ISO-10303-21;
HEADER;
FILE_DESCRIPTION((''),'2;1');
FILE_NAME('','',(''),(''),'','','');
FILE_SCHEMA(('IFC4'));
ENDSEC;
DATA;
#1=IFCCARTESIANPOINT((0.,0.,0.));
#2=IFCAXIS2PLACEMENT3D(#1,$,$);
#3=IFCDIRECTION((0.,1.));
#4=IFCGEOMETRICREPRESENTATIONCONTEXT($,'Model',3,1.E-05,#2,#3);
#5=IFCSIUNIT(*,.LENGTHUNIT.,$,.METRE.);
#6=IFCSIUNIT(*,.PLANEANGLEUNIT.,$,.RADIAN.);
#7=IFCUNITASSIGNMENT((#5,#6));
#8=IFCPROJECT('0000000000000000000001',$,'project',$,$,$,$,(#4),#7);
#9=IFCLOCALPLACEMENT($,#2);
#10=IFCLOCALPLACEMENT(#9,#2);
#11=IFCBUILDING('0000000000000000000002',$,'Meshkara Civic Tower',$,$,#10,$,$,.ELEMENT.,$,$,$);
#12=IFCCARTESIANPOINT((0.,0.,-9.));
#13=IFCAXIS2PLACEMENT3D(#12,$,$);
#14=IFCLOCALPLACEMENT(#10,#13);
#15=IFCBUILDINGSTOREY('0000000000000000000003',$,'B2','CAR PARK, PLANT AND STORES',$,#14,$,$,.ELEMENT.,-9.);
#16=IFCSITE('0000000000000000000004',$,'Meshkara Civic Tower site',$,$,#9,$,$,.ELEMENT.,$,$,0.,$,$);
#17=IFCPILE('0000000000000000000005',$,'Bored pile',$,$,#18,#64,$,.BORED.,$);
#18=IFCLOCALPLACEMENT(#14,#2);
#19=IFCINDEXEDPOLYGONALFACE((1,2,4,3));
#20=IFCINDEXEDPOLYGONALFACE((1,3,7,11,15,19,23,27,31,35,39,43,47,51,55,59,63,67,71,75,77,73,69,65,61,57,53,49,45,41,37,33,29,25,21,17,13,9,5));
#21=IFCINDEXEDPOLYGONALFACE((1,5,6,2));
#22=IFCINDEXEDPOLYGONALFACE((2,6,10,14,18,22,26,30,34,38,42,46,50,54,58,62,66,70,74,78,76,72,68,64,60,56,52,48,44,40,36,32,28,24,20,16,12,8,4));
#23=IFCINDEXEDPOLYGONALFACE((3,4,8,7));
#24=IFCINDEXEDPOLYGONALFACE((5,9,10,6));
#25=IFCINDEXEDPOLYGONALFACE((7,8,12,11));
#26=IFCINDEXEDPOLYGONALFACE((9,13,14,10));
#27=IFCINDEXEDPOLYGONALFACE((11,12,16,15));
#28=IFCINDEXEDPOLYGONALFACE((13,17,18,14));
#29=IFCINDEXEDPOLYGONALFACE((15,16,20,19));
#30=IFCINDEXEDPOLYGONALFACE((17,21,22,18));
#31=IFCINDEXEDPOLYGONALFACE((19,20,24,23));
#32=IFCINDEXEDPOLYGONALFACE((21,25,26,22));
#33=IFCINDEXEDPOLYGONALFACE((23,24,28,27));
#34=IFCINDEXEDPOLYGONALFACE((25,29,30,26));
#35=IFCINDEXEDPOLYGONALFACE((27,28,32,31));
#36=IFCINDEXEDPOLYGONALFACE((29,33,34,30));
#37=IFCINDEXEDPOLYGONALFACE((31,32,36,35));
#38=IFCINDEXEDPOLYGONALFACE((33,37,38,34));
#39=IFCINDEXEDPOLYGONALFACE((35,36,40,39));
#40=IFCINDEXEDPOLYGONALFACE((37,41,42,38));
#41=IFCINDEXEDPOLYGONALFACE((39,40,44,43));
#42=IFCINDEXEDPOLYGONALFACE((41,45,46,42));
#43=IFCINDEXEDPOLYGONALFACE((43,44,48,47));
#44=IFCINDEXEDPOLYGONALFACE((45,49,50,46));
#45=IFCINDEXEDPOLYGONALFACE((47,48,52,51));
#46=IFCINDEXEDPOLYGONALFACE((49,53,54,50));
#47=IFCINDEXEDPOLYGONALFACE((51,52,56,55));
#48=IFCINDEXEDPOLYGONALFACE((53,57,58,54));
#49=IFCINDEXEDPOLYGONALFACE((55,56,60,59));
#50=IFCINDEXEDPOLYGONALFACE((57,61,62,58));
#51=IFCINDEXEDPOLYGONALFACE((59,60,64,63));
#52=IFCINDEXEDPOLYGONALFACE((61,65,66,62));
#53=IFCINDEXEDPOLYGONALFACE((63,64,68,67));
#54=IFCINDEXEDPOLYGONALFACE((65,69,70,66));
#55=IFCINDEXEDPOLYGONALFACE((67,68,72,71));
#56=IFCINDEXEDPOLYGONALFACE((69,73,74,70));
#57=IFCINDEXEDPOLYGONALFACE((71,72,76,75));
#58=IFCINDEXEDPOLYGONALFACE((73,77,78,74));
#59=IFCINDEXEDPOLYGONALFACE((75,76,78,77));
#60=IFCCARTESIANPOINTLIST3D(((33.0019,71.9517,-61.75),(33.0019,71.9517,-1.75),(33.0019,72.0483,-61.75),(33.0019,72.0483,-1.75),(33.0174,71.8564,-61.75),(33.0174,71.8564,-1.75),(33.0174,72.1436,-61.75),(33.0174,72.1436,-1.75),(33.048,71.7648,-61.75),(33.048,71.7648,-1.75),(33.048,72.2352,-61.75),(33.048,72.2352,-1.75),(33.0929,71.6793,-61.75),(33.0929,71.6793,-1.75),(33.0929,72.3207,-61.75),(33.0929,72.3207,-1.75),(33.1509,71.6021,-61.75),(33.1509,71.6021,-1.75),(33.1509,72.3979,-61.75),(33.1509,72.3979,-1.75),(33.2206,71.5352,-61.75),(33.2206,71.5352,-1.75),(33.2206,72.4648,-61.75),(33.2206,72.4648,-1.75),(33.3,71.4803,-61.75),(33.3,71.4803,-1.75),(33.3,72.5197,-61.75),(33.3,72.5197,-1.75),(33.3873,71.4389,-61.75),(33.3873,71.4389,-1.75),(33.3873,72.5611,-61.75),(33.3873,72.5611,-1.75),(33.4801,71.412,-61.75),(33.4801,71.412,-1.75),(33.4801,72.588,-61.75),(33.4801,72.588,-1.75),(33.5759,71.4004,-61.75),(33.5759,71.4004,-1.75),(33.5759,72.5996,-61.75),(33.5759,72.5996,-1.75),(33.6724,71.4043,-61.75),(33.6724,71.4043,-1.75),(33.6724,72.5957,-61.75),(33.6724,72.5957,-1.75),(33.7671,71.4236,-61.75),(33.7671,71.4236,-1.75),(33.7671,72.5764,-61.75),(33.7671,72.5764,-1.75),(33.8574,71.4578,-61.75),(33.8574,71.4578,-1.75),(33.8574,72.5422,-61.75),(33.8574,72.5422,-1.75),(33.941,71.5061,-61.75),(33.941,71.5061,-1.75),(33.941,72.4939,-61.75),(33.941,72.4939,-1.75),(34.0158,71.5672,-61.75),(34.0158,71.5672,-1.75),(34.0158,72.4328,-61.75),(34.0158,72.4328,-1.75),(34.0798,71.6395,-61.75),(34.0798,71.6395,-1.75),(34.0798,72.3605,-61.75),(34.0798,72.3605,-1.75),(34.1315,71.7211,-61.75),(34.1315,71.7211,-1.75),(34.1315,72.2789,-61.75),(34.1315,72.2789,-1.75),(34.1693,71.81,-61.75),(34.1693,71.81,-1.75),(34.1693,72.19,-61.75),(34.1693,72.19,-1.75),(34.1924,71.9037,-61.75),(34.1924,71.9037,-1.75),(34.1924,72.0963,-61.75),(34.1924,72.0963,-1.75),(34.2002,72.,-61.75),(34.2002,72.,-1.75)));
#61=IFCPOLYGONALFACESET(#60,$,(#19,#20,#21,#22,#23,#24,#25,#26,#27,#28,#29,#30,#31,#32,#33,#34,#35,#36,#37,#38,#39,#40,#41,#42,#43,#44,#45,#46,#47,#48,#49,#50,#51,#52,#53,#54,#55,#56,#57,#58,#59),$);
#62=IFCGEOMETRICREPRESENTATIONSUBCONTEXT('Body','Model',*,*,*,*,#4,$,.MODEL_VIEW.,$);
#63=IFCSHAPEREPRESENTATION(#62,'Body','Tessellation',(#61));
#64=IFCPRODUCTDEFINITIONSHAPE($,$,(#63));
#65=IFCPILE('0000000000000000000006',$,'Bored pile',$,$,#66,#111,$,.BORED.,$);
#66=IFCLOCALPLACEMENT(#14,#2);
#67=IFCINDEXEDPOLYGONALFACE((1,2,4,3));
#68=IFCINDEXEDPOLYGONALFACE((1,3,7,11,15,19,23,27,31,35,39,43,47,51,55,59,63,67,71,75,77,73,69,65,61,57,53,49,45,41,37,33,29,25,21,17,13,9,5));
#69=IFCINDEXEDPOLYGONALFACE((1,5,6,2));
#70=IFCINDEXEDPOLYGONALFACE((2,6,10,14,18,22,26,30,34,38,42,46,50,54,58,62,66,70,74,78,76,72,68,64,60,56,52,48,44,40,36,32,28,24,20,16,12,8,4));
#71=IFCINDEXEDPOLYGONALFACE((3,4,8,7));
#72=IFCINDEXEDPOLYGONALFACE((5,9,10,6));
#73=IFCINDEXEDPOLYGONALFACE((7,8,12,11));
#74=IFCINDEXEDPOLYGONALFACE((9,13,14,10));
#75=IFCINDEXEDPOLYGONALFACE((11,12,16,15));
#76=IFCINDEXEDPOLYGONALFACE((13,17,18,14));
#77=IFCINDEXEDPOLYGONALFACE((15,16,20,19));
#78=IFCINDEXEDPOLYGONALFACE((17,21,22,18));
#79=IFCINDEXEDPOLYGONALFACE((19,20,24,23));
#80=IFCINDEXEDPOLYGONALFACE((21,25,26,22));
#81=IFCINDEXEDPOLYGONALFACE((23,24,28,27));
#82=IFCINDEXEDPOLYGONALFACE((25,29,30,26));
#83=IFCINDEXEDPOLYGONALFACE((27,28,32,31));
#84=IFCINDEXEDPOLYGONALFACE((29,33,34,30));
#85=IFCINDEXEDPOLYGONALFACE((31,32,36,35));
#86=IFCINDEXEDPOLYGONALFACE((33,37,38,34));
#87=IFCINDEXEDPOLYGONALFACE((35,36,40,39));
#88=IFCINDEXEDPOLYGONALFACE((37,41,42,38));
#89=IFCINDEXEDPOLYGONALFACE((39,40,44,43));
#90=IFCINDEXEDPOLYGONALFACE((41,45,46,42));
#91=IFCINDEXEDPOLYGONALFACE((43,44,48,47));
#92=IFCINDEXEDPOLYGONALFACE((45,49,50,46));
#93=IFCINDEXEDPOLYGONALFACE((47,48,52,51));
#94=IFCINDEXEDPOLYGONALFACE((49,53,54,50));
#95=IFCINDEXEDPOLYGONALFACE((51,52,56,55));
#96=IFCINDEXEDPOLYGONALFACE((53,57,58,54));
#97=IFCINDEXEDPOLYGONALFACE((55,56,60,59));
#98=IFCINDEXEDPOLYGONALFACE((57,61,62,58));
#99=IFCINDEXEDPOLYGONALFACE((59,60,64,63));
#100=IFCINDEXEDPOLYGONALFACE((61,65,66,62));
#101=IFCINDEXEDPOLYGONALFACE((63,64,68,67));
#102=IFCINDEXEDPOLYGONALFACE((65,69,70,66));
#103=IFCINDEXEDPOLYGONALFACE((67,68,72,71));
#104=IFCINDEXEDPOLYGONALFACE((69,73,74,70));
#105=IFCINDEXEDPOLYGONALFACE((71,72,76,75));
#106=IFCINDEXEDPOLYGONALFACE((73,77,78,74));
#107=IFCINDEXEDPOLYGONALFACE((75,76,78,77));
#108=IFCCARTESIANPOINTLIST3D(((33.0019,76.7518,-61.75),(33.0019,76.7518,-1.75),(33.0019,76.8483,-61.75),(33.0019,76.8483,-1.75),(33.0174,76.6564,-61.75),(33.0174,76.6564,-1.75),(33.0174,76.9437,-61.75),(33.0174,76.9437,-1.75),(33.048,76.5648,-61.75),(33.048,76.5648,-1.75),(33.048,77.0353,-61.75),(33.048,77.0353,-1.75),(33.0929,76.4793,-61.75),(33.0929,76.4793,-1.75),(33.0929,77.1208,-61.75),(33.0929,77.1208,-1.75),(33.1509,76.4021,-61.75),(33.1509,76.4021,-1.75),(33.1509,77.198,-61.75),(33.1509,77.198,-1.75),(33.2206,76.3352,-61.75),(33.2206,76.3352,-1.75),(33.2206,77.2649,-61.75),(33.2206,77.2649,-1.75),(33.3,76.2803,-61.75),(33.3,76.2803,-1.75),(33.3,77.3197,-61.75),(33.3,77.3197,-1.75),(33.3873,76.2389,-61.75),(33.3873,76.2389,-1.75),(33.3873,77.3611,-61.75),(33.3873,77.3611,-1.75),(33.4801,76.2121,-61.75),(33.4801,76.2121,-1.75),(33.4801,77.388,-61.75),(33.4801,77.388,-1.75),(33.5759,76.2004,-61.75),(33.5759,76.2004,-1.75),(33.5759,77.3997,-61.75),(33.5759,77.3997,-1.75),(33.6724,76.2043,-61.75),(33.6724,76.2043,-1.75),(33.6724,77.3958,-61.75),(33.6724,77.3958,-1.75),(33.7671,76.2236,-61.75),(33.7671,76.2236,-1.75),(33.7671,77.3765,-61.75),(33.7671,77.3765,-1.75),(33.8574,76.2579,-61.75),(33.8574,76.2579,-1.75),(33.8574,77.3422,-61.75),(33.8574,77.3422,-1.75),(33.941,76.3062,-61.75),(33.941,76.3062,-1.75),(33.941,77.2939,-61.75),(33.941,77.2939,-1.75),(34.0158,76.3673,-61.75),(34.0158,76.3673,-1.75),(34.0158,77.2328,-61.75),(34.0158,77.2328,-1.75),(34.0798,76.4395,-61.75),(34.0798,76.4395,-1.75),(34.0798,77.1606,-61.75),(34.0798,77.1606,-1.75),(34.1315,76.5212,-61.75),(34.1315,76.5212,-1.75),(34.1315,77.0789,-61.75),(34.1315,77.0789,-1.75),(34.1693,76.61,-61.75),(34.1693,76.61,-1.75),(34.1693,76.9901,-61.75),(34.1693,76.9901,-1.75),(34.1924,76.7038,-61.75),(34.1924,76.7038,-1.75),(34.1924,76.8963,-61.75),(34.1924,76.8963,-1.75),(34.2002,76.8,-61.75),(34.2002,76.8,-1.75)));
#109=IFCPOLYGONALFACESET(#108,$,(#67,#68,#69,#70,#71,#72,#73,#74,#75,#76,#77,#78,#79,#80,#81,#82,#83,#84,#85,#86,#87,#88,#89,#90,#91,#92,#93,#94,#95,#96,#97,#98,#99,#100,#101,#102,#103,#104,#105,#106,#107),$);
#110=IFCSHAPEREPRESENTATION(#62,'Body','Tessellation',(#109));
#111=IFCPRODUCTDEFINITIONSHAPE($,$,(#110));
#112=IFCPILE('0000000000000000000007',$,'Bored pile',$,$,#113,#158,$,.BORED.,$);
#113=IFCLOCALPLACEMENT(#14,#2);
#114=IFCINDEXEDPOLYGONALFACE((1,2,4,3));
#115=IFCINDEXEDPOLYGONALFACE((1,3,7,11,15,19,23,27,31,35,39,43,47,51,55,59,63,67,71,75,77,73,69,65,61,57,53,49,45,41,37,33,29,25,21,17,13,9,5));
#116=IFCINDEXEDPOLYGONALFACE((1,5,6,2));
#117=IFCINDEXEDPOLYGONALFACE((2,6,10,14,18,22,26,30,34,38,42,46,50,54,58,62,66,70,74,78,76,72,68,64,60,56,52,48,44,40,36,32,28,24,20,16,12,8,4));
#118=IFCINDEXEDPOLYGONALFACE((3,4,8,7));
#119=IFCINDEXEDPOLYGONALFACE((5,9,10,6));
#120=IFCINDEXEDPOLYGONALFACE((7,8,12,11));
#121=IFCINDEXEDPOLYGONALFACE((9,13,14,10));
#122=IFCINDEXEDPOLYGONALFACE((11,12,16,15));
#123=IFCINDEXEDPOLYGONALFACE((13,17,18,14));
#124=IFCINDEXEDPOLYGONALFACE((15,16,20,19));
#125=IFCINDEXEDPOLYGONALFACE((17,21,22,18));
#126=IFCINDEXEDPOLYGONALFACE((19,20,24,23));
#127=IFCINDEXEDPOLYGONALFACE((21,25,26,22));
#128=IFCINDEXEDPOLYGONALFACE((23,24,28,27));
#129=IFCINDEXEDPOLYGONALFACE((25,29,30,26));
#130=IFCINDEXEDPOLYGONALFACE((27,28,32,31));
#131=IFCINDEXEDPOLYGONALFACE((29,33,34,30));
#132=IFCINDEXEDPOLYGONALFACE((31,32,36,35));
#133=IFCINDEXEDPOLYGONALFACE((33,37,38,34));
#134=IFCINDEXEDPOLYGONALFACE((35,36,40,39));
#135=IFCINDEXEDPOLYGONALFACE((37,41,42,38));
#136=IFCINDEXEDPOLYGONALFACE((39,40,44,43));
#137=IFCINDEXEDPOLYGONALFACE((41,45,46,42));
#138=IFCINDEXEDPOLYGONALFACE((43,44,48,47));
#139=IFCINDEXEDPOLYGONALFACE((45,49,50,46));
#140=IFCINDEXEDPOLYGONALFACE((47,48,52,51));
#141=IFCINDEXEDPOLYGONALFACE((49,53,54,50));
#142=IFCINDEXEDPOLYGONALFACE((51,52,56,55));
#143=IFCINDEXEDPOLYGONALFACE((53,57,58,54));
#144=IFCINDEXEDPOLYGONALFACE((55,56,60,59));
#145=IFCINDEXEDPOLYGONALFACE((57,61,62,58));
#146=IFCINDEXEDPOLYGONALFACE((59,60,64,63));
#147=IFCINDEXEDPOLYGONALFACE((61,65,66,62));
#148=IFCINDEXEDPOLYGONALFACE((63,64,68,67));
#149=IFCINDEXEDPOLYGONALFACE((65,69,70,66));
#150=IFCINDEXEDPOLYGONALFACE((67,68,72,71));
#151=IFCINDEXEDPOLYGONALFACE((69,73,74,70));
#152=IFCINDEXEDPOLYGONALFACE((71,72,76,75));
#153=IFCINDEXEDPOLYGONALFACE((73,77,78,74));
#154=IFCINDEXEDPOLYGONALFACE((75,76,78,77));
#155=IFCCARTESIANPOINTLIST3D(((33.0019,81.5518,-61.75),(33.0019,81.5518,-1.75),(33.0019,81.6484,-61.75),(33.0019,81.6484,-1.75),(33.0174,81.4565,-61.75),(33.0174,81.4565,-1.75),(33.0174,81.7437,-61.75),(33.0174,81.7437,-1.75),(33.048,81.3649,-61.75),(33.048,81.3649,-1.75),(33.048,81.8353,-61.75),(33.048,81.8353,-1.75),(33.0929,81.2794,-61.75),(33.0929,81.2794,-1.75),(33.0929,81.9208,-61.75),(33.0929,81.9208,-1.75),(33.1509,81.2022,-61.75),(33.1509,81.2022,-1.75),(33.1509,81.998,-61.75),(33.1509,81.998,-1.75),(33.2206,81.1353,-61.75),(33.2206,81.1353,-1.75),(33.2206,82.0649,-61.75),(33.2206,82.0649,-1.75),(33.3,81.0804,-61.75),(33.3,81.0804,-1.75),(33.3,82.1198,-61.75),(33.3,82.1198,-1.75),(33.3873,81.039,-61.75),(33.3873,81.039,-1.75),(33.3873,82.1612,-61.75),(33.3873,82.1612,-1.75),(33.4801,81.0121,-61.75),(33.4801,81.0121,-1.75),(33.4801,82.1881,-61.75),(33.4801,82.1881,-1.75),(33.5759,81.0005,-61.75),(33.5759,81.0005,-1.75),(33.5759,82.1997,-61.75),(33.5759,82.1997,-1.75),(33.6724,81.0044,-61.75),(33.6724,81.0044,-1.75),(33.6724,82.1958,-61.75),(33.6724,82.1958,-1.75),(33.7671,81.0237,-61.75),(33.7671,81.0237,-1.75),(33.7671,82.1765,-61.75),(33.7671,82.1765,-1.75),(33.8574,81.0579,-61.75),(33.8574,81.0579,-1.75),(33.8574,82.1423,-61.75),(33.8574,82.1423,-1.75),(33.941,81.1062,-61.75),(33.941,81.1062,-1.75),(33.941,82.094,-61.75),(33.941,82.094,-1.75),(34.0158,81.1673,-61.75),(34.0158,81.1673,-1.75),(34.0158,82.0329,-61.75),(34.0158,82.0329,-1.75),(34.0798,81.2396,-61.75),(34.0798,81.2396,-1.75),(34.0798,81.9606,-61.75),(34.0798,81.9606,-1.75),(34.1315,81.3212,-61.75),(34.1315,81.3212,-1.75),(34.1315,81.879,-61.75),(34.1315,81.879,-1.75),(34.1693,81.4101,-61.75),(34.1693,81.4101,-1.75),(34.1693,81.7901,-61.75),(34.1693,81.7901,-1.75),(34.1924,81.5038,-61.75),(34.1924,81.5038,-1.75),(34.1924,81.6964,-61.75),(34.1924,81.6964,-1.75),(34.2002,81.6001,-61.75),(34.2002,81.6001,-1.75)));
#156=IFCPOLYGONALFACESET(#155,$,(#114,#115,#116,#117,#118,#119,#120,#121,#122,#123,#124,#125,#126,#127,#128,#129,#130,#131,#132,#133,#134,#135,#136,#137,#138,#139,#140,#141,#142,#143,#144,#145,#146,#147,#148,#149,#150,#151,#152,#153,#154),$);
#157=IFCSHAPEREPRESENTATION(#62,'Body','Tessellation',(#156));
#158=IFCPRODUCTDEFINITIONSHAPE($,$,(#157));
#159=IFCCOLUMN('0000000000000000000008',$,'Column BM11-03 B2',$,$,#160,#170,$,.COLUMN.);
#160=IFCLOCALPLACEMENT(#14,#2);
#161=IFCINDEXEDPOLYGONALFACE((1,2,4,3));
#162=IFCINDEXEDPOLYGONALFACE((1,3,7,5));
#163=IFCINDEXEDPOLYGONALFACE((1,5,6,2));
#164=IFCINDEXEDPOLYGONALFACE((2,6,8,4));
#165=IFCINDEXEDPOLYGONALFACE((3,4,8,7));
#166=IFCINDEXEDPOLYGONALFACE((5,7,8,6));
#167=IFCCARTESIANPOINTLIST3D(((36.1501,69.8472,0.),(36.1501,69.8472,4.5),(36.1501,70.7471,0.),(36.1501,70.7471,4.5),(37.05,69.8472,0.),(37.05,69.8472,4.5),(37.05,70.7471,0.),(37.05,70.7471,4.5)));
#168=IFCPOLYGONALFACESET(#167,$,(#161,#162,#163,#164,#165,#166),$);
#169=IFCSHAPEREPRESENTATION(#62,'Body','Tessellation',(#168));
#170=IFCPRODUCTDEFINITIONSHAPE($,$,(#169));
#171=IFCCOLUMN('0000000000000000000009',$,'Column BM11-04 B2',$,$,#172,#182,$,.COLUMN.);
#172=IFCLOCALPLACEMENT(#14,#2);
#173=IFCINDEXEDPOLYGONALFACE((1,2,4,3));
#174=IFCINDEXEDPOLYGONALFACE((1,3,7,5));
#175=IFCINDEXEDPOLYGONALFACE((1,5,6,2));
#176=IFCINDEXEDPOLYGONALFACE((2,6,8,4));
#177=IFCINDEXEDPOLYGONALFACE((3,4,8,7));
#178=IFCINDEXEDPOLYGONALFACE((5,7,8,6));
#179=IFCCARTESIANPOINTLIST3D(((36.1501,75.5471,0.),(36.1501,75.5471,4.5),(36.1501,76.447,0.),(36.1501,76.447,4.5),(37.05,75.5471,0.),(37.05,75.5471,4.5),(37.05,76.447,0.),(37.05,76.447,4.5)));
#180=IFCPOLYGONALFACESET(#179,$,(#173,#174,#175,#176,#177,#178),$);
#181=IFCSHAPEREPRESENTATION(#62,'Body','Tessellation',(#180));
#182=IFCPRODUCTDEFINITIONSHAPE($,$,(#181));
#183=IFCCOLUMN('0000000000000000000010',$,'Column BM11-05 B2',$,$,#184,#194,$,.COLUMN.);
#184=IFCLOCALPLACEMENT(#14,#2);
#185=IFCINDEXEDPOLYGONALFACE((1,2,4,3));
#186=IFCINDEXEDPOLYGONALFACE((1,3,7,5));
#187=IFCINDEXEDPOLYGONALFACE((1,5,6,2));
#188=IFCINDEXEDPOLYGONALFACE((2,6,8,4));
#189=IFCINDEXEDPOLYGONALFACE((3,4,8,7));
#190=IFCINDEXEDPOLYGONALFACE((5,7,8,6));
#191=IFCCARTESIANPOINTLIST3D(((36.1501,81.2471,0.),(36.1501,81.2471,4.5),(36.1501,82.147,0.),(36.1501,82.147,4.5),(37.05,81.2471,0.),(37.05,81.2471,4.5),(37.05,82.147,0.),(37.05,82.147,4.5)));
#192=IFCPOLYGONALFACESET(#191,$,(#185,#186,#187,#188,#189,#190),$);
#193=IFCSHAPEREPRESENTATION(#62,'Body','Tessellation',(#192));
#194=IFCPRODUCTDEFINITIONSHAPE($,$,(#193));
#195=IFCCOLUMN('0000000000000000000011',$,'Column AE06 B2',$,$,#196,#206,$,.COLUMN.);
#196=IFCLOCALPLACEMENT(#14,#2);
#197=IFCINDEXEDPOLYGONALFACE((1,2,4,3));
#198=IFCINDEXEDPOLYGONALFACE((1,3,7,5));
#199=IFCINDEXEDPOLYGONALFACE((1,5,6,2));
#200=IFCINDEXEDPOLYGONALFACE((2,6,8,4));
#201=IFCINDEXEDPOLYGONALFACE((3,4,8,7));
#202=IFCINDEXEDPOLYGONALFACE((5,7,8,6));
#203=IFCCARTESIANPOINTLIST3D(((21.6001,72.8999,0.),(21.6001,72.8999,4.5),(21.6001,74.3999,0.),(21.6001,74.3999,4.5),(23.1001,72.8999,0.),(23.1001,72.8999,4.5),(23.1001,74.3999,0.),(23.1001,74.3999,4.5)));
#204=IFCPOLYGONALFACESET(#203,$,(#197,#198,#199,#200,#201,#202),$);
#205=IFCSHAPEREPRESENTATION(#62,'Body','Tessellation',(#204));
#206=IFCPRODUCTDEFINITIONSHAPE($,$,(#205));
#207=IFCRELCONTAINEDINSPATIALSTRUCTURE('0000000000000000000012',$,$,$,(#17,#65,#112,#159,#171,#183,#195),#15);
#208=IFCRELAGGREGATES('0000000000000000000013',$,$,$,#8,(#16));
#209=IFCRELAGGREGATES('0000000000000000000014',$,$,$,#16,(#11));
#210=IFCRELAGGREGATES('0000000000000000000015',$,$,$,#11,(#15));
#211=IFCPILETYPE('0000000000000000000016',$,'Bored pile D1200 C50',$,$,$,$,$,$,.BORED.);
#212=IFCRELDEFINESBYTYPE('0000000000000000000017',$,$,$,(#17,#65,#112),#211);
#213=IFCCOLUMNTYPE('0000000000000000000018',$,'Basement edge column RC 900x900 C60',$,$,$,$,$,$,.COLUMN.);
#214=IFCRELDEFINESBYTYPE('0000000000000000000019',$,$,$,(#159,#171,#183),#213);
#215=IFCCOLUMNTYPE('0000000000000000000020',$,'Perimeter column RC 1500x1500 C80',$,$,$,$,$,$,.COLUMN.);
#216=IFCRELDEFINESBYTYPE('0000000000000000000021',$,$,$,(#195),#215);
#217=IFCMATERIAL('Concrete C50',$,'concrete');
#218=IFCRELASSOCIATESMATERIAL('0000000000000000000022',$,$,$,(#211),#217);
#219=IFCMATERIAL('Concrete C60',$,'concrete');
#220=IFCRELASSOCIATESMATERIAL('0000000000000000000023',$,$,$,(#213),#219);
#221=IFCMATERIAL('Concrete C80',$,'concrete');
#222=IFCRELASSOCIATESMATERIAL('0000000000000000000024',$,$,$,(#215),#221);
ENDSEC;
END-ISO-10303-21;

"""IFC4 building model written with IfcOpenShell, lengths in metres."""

from ifc_helpers import new_model, si_unit, direction, frame, origin, origin_2d, place, context, subcontext, project, spatial, rectangle, circle, extrude, material, material_profile, profile_set, type_object, element, save


model = new_model("IFC4")

# Units and contexts
model_context = context("Model", 3, precision=1e-05, world=origin(), true_north=direction((0.0, 1.0)))
body_context = subcontext(model_context, "Body", "Model", "MODEL_VIEW")
ifc_project = project(units=[si_unit("LENGTHUNIT", "METRE"), si_unit("PLANEANGLEUNIT", "RADIAN")], contexts=[model_context])

# Site, building, storey
site_placement = place(None, origin())
site = spatial("IfcSite", under=ifc_project, at=site_placement, Name="Meshkara Civic Tower site", CompositionType="ELEMENT", RefElevation=0.0)
building_placement = place(site_placement, origin())
building = spatial("IfcBuilding", under=site, at=building_placement, Name="Meshkara Civic Tower", CompositionType="ELEMENT")
storey_placement = place(building_placement, frame((0.0, 0.0, -9.0)))
storey = spatial("IfcBuildingStorey", under=building, at=storey_placement, Name="B2", Description="CAR PARK, PLANT AND STORES", CompositionType="ELEMENT", Elevation=-9.0)

# Piles
ifc_material_1 = material(Name="Concrete C50", Category="concrete")
ifc_material_profile_1 = material_profile(ifc_material_1, circle(Radius=0.6001, at=origin_2d()))
ifc_profile_set_1 = profile_set([ifc_material_profile_1], Name="Concrete C50")
pile_type = type_object("IfcPileType", Name="Bored pile D1200 C50", PredefinedType="BORED", material=ifc_profile_set_1)
for number, where, z_axis, x_axis, name in (
    (1, (33.6001, 72.0, -1.75), (0.0, 0.0, -1.0), (1.0, 0.0, 0.0), "Bored pile"),
    (2, (33.6001, 76.8, -1.75), (0.0, 0.0, -1.0), (1.0, 0.0, 0.0), "Bored pile"),
    (3, (33.6001, 81.6001, -1.75), (0.0, 0.0, -1.0), (1.0, 0.0, 0.0), "Bored pile"),
):
    element("IfcPile", number, at=place(storey_placement, frame(where, z_axis=z_axis, x_axis=x_axis)), inside=storey, type_object=pile_type, Name=name, PredefinedType="BORED", context=body_context, shape_type="SweptSolid", body=[
        extrude(circle(Radius=0.6001, at=origin_2d()), origin(), (0.0, 0.0, 1.0), 60.0),
    ])

# Columns
ifc_material_2 = material(Name="Concrete C60", Category="concrete")
ifc_material_profile_2 = material_profile(ifc_material_2, rectangle(XDim=0.8999, YDim=0.8999, at=origin_2d()))
ifc_profile_set_2 = profile_set([ifc_material_profile_2], Name="Concrete C60")
column_type_1 = type_object("IfcColumnType", Name="Basement edge column RC 900x900 C60", PredefinedType="COLUMN", material=ifc_profile_set_2)
for number, where, z_axis, x_axis, name in (
    (4, (36.6001, 70.2971, 0.0), (0.0, 0.0, 1.0), (1.0, 0.0, 0.0), "Column BM11-03 B2"),
    (5, (36.6001, 75.9971, 0.0), (0.0, 0.0, 1.0), (1.0, 0.0, 0.0), "Column BM11-04 B2"),
    (6, (36.6001, 81.697, 0.0), (0.0, 0.0, 1.0), (1.0, 0.0, 0.0), "Column BM11-05 B2"),
):
    element("IfcColumn", number, at=place(storey_placement, frame(where, z_axis=z_axis, x_axis=x_axis)), inside=storey, type_object=column_type_1, Name=name, PredefinedType="COLUMN", context=body_context, shape_type="SweptSolid", body=[
        extrude(rectangle(XDim=0.8999, YDim=0.8999, at=origin_2d()), origin(), (0.0, 0.0, 1.0), 4.5),
    ])
ifc_material_3 = material(Name="Concrete C80", Category="concrete")
ifc_material_profile_3 = material_profile(ifc_material_3, rectangle(XDim=1.5, YDim=1.5, at=origin_2d()))
ifc_profile_set_3 = profile_set([ifc_material_profile_3], Name="Concrete C80")
column_type_2 = type_object("IfcColumnType", Name="Perimeter column RC 1500x1500 C80", PredefinedType="COLUMN", material=ifc_profile_set_3)
for number, where, z_axis, x_axis, name in (
    (7, (22.3501, 73.6499, 0.0), (0.0, 0.0, 1.0), (1.0, 0.0, 0.0), "Column AE06 B2"),
):
    element("IfcColumn", number, at=place(storey_placement, frame(where, z_axis=z_axis, x_axis=x_axis)), inside=storey, type_object=column_type_2, Name=name, PredefinedType="COLUMN", context=body_context, shape_type="SweptSolid", body=[
        extrude(rectangle(XDim=1.5, YDim=1.5, at=origin_2d()), origin(), (0.0, 0.0, 1.0), 4.5),
    ])

save(model, "model.ifc")
